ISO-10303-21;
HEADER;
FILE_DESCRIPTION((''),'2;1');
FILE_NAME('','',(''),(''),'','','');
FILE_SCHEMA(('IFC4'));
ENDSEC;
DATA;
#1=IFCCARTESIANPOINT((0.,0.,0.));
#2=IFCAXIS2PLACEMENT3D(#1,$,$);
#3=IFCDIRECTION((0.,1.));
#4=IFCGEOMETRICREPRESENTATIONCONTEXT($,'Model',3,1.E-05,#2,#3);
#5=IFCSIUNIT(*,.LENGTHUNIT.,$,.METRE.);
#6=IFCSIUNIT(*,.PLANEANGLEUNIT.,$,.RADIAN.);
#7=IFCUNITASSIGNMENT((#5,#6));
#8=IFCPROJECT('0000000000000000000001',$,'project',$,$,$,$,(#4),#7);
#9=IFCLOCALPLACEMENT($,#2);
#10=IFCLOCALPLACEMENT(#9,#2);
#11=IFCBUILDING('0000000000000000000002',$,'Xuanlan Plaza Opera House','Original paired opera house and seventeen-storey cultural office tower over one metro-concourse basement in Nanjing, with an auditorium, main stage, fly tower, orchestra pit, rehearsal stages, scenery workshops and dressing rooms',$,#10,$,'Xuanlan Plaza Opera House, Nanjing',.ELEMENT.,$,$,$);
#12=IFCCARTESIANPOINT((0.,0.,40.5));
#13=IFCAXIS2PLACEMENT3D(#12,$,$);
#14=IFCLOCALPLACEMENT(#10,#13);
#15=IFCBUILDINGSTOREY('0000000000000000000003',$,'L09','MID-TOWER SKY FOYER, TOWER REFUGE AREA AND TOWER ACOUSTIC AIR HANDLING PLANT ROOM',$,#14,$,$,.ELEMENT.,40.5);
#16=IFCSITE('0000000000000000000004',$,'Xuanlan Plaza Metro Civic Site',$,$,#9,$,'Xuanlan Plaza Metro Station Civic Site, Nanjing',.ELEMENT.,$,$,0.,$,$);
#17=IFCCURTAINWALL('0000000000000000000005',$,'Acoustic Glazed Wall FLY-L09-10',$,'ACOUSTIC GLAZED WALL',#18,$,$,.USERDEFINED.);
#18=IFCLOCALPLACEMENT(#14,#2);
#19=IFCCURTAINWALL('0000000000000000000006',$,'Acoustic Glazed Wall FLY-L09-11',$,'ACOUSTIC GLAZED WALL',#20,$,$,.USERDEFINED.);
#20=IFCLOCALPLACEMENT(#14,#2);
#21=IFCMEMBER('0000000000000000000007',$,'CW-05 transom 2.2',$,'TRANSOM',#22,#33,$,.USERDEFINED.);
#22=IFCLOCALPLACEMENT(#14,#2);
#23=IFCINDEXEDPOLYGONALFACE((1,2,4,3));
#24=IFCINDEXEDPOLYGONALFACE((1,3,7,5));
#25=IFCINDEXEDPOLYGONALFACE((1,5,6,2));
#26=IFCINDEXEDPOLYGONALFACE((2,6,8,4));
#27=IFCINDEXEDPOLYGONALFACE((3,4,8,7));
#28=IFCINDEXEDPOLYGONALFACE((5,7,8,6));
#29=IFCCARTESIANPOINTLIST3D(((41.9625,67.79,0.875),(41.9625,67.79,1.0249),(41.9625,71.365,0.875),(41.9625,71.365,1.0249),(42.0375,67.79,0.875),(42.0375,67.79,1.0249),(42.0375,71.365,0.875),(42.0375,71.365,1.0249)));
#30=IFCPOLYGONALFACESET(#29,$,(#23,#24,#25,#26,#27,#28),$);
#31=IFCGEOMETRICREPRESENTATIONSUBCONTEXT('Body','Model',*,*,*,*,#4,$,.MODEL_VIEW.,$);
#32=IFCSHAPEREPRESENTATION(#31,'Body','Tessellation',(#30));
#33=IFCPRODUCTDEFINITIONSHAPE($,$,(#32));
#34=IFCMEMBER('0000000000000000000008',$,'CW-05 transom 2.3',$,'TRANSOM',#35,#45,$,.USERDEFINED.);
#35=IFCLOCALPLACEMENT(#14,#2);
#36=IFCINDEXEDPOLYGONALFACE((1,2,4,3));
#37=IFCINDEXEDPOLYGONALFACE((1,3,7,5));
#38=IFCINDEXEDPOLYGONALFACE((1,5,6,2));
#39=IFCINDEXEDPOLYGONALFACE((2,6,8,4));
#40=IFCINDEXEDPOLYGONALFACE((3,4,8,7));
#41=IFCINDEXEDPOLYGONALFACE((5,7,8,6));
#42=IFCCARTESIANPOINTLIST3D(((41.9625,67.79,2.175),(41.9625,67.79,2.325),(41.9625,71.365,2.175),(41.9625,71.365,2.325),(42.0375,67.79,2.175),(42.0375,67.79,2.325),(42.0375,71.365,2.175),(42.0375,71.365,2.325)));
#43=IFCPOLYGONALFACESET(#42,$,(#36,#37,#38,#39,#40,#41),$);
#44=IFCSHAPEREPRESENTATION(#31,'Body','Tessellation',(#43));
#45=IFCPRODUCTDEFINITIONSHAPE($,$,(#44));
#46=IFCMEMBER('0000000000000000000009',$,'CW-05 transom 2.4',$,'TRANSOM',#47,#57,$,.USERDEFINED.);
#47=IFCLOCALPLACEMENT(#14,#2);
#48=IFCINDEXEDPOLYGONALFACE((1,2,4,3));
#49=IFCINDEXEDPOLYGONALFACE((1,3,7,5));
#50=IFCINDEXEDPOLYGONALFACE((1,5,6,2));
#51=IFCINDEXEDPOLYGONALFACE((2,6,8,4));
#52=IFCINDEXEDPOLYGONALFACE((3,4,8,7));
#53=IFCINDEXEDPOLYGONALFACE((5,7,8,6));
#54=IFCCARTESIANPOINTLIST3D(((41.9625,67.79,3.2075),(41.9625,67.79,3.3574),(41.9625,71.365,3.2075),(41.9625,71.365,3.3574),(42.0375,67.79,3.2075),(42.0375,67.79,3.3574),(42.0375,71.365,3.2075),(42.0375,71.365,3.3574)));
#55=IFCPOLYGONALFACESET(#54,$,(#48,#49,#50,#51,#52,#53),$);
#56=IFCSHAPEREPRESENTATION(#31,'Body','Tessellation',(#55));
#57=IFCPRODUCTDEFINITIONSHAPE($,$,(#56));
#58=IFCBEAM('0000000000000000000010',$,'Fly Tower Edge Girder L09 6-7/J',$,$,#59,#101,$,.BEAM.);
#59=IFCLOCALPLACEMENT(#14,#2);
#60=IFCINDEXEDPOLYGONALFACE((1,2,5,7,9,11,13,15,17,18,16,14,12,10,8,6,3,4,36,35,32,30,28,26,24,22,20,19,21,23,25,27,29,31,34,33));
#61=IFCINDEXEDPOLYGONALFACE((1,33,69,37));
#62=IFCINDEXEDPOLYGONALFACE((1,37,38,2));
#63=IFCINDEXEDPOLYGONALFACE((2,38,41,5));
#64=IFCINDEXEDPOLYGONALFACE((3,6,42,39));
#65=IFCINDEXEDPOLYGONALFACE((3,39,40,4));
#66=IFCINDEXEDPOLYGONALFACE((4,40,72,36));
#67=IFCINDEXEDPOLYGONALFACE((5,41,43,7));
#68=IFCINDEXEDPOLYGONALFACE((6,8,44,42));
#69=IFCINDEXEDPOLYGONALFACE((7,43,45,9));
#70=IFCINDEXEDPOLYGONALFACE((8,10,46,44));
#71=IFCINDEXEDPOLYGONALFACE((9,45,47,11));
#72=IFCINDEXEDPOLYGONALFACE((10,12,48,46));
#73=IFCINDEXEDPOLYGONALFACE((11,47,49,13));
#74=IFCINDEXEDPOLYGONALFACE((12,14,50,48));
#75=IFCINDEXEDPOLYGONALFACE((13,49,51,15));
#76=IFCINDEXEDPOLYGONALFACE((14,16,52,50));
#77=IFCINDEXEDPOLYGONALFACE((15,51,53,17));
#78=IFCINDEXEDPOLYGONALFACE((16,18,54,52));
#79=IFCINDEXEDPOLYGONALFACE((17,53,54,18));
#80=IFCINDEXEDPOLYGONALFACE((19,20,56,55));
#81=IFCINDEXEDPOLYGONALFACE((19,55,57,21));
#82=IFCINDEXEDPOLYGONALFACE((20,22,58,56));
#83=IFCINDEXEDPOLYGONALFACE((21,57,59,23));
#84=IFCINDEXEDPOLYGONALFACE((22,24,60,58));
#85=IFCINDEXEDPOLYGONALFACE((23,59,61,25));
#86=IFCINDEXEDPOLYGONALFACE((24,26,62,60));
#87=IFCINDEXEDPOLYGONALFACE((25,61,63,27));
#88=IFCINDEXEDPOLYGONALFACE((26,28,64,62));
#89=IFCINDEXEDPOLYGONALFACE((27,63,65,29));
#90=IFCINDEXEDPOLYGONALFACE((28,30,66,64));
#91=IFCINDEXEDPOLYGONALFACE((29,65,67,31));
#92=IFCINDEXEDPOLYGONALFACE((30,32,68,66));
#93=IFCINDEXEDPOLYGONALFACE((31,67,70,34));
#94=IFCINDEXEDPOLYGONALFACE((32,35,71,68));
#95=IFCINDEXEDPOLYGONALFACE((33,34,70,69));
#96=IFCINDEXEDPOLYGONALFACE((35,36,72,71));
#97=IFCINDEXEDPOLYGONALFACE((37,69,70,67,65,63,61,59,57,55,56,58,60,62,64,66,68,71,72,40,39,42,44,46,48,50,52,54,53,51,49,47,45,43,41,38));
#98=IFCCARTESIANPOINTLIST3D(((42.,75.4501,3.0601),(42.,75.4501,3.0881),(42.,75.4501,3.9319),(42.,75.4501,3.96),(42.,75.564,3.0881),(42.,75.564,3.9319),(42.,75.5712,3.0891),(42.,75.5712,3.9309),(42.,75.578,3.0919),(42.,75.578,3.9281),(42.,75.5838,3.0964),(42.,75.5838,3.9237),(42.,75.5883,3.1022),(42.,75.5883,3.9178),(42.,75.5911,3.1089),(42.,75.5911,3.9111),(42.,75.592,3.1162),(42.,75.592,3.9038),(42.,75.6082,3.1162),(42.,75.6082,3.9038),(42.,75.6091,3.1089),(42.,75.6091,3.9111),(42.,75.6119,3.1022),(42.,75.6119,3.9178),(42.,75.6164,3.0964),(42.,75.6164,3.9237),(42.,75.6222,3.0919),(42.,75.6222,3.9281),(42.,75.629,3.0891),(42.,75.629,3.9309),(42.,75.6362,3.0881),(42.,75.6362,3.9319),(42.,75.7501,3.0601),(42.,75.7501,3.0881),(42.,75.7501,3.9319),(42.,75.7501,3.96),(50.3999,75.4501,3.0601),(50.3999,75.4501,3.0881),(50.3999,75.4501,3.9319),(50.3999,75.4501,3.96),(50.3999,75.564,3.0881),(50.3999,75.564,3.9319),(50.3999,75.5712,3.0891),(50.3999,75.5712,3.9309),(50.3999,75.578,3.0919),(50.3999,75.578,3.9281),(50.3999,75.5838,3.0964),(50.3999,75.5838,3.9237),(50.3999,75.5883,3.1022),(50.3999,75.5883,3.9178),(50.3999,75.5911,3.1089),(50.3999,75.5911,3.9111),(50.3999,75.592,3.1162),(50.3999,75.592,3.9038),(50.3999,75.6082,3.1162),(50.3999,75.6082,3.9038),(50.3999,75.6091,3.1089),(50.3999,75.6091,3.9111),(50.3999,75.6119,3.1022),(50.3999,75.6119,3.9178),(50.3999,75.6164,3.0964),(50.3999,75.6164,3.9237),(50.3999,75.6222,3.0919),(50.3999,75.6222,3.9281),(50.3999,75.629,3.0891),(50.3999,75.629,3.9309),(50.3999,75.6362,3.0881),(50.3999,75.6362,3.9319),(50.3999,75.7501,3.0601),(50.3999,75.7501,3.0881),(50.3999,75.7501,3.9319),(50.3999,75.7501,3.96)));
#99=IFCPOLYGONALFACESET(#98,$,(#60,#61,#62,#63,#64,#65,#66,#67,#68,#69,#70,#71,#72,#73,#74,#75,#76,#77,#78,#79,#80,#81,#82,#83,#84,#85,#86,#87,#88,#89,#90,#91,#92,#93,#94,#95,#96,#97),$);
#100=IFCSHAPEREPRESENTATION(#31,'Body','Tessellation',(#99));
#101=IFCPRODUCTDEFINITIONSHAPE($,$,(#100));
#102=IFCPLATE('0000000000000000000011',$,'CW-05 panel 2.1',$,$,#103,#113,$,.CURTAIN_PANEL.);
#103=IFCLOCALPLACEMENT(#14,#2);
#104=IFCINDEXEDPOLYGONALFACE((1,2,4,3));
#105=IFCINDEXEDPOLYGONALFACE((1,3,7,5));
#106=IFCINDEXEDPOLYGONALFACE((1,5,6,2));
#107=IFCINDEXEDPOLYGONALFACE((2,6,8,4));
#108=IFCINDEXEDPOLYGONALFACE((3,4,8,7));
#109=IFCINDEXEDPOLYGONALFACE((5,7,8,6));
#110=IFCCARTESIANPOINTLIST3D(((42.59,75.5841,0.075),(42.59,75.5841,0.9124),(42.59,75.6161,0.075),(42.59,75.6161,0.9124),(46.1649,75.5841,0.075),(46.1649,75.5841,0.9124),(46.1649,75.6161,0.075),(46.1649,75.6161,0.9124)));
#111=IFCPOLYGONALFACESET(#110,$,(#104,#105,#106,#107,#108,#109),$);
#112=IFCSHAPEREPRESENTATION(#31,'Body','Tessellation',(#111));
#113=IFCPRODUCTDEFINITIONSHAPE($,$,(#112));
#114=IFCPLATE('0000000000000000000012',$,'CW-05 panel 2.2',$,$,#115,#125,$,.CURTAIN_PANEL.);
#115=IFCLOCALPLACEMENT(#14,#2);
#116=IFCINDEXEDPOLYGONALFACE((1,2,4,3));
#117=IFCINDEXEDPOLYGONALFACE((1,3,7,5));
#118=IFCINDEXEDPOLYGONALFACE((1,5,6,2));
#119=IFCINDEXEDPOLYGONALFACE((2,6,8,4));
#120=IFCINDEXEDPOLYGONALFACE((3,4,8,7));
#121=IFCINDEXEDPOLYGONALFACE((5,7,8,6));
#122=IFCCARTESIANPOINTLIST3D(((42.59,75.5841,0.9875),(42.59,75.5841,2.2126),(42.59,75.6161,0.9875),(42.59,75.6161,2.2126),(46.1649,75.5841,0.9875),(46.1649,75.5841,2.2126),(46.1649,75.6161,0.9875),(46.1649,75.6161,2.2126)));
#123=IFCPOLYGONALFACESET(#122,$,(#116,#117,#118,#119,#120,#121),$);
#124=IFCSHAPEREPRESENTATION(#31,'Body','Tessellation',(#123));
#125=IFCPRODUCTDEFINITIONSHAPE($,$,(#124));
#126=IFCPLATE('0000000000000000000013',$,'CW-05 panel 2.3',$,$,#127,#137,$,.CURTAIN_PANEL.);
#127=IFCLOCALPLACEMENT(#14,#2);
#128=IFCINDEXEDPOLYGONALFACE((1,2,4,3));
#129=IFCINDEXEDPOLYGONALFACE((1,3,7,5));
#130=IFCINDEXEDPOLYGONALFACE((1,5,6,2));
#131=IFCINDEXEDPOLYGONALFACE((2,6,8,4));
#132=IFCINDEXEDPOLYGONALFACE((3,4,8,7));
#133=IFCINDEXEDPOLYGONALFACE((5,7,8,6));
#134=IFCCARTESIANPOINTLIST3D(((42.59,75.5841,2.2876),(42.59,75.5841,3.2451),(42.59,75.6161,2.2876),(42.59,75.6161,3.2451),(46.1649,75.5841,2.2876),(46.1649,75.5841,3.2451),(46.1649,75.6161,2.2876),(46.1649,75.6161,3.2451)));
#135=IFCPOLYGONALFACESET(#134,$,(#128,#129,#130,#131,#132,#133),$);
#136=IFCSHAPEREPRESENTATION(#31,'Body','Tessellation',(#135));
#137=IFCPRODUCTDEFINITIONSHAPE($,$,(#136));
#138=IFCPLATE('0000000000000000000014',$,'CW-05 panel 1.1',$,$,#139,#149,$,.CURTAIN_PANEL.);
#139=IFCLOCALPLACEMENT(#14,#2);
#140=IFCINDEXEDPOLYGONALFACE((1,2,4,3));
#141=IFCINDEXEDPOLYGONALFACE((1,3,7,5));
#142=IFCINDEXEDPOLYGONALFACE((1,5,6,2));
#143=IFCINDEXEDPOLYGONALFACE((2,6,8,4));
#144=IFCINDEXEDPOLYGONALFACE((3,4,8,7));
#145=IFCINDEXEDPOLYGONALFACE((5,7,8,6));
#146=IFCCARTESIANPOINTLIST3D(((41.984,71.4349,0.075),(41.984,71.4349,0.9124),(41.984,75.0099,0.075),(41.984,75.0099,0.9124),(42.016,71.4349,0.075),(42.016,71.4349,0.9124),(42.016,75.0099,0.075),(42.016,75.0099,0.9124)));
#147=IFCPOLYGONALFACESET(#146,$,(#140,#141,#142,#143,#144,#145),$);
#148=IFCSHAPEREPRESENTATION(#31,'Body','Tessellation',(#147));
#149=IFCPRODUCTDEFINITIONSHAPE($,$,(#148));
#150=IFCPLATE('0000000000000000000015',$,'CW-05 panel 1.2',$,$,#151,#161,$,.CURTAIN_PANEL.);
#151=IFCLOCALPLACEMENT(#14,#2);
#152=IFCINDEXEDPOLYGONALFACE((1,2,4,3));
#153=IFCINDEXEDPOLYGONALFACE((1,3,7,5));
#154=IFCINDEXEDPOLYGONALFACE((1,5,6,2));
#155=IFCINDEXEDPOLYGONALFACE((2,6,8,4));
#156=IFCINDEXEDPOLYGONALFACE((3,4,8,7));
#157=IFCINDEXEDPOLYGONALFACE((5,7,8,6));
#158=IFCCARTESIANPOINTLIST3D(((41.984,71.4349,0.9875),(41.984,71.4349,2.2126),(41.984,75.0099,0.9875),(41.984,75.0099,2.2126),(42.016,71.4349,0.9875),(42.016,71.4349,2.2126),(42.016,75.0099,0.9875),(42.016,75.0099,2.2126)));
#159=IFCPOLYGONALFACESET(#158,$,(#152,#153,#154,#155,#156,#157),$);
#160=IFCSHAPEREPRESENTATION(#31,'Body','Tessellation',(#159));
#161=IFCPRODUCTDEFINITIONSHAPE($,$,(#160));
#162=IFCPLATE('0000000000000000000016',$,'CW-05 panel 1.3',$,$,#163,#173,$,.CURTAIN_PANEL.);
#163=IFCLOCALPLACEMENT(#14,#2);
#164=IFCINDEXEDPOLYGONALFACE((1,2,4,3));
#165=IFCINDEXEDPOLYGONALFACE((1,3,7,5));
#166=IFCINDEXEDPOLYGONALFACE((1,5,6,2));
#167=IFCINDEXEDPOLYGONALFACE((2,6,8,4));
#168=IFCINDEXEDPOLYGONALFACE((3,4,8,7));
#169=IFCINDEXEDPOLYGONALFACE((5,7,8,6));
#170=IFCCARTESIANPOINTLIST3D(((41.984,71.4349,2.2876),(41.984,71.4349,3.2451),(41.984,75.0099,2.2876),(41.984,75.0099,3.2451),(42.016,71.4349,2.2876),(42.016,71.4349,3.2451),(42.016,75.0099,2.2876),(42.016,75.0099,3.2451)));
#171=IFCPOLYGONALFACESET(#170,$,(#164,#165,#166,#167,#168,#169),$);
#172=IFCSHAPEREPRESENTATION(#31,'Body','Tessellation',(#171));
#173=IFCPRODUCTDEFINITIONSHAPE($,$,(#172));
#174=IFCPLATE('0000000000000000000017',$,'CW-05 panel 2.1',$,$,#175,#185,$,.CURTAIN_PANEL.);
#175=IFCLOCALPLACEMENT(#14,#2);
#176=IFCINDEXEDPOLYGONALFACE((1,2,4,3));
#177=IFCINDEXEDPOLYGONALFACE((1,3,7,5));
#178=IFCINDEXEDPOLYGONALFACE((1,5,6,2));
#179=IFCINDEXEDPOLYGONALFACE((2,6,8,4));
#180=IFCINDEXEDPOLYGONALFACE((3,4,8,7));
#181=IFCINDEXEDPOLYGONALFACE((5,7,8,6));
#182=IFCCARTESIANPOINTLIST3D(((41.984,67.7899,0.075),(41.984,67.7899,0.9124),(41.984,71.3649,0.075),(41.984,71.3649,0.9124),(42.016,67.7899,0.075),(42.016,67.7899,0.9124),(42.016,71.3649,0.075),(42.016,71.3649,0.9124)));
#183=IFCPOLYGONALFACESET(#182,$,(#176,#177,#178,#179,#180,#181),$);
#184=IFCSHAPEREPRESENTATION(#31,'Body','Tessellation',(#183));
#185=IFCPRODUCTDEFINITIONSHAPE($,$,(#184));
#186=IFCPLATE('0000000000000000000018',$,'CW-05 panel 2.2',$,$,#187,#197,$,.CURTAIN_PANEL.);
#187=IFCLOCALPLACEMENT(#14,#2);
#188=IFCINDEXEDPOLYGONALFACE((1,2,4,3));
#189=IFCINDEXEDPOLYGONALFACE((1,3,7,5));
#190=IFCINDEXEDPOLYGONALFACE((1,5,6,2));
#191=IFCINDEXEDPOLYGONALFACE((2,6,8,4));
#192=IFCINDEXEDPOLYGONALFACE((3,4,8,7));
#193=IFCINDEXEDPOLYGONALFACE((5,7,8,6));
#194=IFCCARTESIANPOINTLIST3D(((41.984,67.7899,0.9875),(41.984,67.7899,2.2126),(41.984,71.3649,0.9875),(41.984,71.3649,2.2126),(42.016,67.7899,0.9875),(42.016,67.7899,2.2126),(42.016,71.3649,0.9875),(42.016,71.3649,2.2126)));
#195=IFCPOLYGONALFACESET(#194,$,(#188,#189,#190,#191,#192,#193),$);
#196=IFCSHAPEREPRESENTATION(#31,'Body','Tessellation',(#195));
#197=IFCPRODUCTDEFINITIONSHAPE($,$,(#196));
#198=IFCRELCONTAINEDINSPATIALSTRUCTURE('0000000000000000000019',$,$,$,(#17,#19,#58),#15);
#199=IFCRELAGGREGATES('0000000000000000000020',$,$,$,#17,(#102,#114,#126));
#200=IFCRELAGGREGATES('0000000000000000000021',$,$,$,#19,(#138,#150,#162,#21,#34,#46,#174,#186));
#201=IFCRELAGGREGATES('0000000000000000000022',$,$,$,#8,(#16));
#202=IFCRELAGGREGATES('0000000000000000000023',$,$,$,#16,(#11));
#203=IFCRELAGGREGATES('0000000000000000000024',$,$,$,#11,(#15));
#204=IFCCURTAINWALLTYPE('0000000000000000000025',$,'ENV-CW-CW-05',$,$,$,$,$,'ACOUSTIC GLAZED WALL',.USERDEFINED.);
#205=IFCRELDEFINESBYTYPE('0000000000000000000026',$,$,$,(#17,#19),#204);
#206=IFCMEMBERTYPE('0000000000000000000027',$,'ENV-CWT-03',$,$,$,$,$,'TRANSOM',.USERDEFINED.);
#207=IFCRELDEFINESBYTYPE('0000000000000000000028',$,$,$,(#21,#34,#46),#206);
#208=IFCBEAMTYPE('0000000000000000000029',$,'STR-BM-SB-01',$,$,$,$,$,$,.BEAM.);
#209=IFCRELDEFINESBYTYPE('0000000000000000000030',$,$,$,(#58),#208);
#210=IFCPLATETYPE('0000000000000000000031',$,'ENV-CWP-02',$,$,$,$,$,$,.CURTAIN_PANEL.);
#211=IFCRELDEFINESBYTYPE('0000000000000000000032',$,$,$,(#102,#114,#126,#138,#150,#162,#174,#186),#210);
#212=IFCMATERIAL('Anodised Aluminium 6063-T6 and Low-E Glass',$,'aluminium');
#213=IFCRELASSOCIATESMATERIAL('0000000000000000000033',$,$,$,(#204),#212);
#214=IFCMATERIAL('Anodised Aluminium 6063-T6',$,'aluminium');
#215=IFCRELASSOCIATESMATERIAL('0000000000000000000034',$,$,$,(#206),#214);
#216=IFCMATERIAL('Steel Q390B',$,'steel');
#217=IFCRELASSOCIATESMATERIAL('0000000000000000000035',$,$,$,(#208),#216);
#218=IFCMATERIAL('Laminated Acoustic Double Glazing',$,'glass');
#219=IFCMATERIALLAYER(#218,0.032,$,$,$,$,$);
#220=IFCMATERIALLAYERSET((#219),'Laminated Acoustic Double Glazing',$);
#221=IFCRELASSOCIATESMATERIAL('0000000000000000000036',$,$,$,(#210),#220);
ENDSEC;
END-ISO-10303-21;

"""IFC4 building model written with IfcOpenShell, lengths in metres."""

from ifc_helpers import new_model, si_unit, direction, frame, origin, origin_2d, place, context, subcontext, project, spatial, rectangle, i_section, extrude, material, layer, layer_set, material_profile, profile_set, type_object, element, aggregate, save


model = new_model("IFC4")

# Units and contexts
model_context = context("Model", 3, precision=1e-05, world=origin(), true_north=direction((0.0, 1.0)))
body_context = subcontext(model_context, "Body", "Model", "MODEL_VIEW")
ifc_project = project(units=[si_unit("LENGTHUNIT", "METRE"), si_unit("PLANEANGLEUNIT", "RADIAN")], contexts=[model_context])

# Site, building, storey
site_placement = place(None, origin())
site = spatial("IfcSite", under=ifc_project, at=site_placement, Name="Xuanlan Plaza Metro Civic Site", LongName="Xuanlan Plaza Metro Station Civic Site, Nanjing", CompositionType="ELEMENT", RefElevation=0.0)
building_placement = place(site_placement, origin())
building = spatial("IfcBuilding", under=site, at=building_placement, Name="Xuanlan Plaza Opera House", Description="Original paired opera house and seventeen-storey cultural office tower over one metro-concourse basement in Nanjing, with an auditorium, main stage, fly tower, orchestra pit, rehearsal stages, scenery workshops and dressing rooms", LongName="Xuanlan Plaza Opera House, Nanjing", CompositionType="ELEMENT")
storey_placement = place(building_placement, frame((0.0, 0.0, 40.5)))
storey = spatial("IfcBuildingStorey", under=building, at=storey_placement, Name="L09", Description="MID-TOWER SKY FOYER, TOWER REFUGE AREA AND TOWER ACOUSTIC AIR HANDLING PLANT ROOM", CompositionType="ELEMENT", Elevation=40.5)

# Curtain wall
ifc_material_1 = material(Name="Anodised Aluminium 6063-T6 and Low-E Glass", Category="aluminium")
curtain_wall_type = type_object("IfcCurtainWallType", Name="ENV-CW-CW-05", ElementType="ACOUSTIC GLAZED WALL", PredefinedType="USERDEFINED", material=ifc_material_1)
curtain_wall_1_placement = place(storey_placement, origin())
curtain_wall_1 = element("IfcCurtainWall", 1, at=curtain_wall_1_placement, inside=storey, type_object=curtain_wall_type, Name="Acoustic Glazed Wall FLY-L09-10", ObjectType="ACOUSTIC GLAZED WALL", PredefinedType="USERDEFINED")
ifc_material_2 = material(Name="Anodised Aluminium 6063-T6", Category="aluminium")

# Curtain wall
curtain_wall_2_placement = place(storey_placement, origin())
curtain_wall_2 = element("IfcCurtainWall", 2, at=curtain_wall_2_placement, inside=storey, type_object=curtain_wall_type, Name="Acoustic Glazed Wall FLY-L09-11", ObjectType="ACOUSTIC GLAZED WALL", PredefinedType="USERDEFINED")

# Members
ifc_material_profile_1 = material_profile(ifc_material_2, rectangle(XDim=0.075, YDim=0.1499, at=origin_2d()), Name="ALU-T 75x150")
ifc_profile_set_1 = profile_set([ifc_material_profile_1], Name="Anodised Aluminium 6063-T6")
member_type_1 = type_object("IfcMemberType", Name="ENV-CWT-03", ElementType="TRANSOM", PredefinedType="USERDEFINED", material=ifc_profile_set_1)
member_1_placement = place(storey_placement, frame((42.0, 71.365, 0.95), z_axis=(0.0, -1.0, 0.0), x_axis=(1.0, 0.0, 0.0)))
member_1 = element("IfcMember", 3, at=member_1_placement, type_object=member_type_1, Name="CW-05 transom 2.2", ObjectType="TRANSOM", PredefinedType="USERDEFINED", context=body_context, shape_type="SweptSolid", body=[
    extrude(rectangle(XDim=0.075, YDim=0.1499, at=origin_2d()), origin(), (0.0, 0.0, 1.0), 3.575),
])
member_2_placement = place(storey_placement, frame((42.0, 71.365, 2.25), z_axis=(0.0, -1.0, 0.0), x_axis=(1.0, 0.0, 0.0)))
member_2 = element("IfcMember", 4, at=member_2_placement, type_object=member_type_1, Name="CW-05 transom 2.3", ObjectType="TRANSOM", PredefinedType="USERDEFINED", context=body_context, shape_type="SweptSolid", body=[
    extrude(rectangle(XDim=0.075, YDim=0.1499, at=origin_2d()), origin(), (0.0, 0.0, 1.0), 3.575),
])
member_3_placement = place(storey_placement, frame((42.0, 71.365, 3.2825), z_axis=(0.0, -1.0, 0.0), x_axis=(1.0, 0.0, 0.0)))
member_3 = element("IfcMember", 5, at=member_3_placement, type_object=member_type_1, Name="CW-05 transom 2.4", ObjectType="TRANSOM", PredefinedType="USERDEFINED", context=body_context, shape_type="SweptSolid", body=[
    extrude(rectangle(XDim=0.075, YDim=0.1499, at=origin_2d()), origin(), (0.0, 0.0, 1.0), 3.575),
])

# Beam
ifc_material_3 = material(Name="Steel Q390B", Category="steel")
ifc_material_profile_2 = material_profile(ifc_material_3, i_section(OverallWidth=0.3, OverallDepth=0.8999, WebThickness=0.0161, FlangeThickness=0.0281, FilletRadius=0.0281, at=origin_2d()), Name="HN 900x300x16x28")
ifc_profile_set_2 = profile_set([ifc_material_profile_2], Name="Steel Q390B")
beam_type = type_object("IfcBeamType", Name="STR-BM-SB-01", PredefinedType="BEAM", material=ifc_profile_set_2)
beam_placement = place(storey_placement, frame((42.0, 75.6001, 3.51), z_axis=(1.0, 0.0, 0.0), x_axis=(0.0, 1.0, 0.0)))
element("IfcBeam", 6, at=beam_placement, inside=storey, type_object=beam_type, Name="Fly Tower Edge Girder L09 6-7/J", PredefinedType="BEAM", context=body_context, shape_type="SweptSolid", body=[
    extrude(i_section(OverallWidth=0.3, OverallDepth=0.8999, WebThickness=0.0161, FlangeThickness=0.0281, FilletRadius=0.0281, at=origin_2d()), origin(), (0.0, 0.0, 1.0), 8.3999),
])

# Plates
ifc_material_4 = material(Name="Laminated Acoustic Double Glazing", Category="glass")
ifc_layer = layer(ifc_material_4, 0.032)
ifc_layer_set = layer_set([ifc_layer], Name="Laminated Acoustic Double Glazing")
plate_type = type_object("IfcPlateType", Name="ENV-CWP-02", PredefinedType="CURTAIN_PANEL", material=ifc_layer_set)
plate_1_placement = place(storey_placement, frame((44.3774, 75.6001, 0.075), z_axis=(0.0, 0.0, 1.0), x_axis=(-1.0, 0.0, 0.0)))
plate_1 = element("IfcPlate", 7, at=plate_1_placement, type_object=plate_type, Name="CW-05 panel 2.1", PredefinedType="CURTAIN_PANEL", context=body_context, shape_type="SweptSolid", body=[
    extrude(rectangle(XDim=3.575, YDim=0.032, at=origin_2d()), origin(), (0.0, 0.0, 1.0), 0.8374),
])
plate_2_placement = place(storey_placement, frame((44.3774, 75.6001, 0.9875), z_axis=(0.0, 0.0, 1.0), x_axis=(-1.0, 0.0, 0.0)))
plate_2 = element("IfcPlate", 8, at=plate_2_placement, type_object=plate_type, Name="CW-05 panel 2.2", PredefinedType="CURTAIN_PANEL", context=body_context, shape_type="SweptSolid", body=[
    extrude(rectangle(XDim=3.575, YDim=0.032, at=origin_2d()), origin(), (0.0, 0.0, 1.0), 1.2251),
])
plate_3_placement = place(storey_placement, frame((44.3774, 75.6001, 2.2876), z_axis=(0.0, 0.0, 1.0), x_axis=(-1.0, 0.0, 0.0)))
plate_3 = element("IfcPlate", 9, at=plate_3_placement, type_object=plate_type, Name="CW-05 panel 2.3", PredefinedType="CURTAIN_PANEL", context=body_context, shape_type="SweptSolid", body=[
    extrude(rectangle(XDim=3.575, YDim=0.032, at=origin_2d()), origin(), (0.0, 0.0, 1.0), 0.9575),
])
aggregate(curtain_wall_1, [plate_1, plate_2, plate_3])
plate_4_placement = place(storey_placement, frame((42.0, 73.2224, 0.075), z_axis=(0.0, 0.0, 1.0), x_axis=(0.0, -1.0, 0.0)))
plate_4 = element("IfcPlate", 10, at=plate_4_placement, type_object=plate_type, Name="CW-05 panel 1.1", PredefinedType="CURTAIN_PANEL", context=body_context, shape_type="SweptSolid", body=[
    extrude(rectangle(XDim=3.575, YDim=0.032, at=origin_2d()), origin(), (0.0, 0.0, 1.0), 0.8374),
])
plate_5_placement = place(storey_placement, frame((42.0, 73.2224, 0.9875), z_axis=(0.0, 0.0, 1.0), x_axis=(0.0, -1.0, 0.0)))
plate_5 = element("IfcPlate", 11, at=plate_5_placement, type_object=plate_type, Name="CW-05 panel 1.2", PredefinedType="CURTAIN_PANEL", context=body_context, shape_type="SweptSolid", body=[
    extrude(rectangle(XDim=3.575, YDim=0.032, at=origin_2d()), origin(), (0.0, 0.0, 1.0), 1.2251),
])
plate_6_placement = place(storey_placement, frame((42.0, 73.2224, 2.2876), z_axis=(0.0, 0.0, 1.0), x_axis=(0.0, -1.0, 0.0)))
plate_6 = element("IfcPlate", 12, at=plate_6_placement, type_object=plate_type, Name="CW-05 panel 1.3", PredefinedType="CURTAIN_PANEL", context=body_context, shape_type="SweptSolid", body=[
    extrude(rectangle(XDim=3.575, YDim=0.032, at=origin_2d()), origin(), (0.0, 0.0, 1.0), 0.9575),
])
plate_7_placement = place(storey_placement, frame((42.0, 69.5774, 0.075), z_axis=(0.0, 0.0, 1.0), x_axis=(0.0, -1.0, 0.0)))
plate_7 = element("IfcPlate", 13, at=plate_7_placement, type_object=plate_type, Name="CW-05 panel 2.1", PredefinedType="CURTAIN_PANEL", context=body_context, shape_type="SweptSolid", body=[
    extrude(rectangle(XDim=3.575, YDim=0.032, at=origin_2d()), origin(), (0.0, 0.0, 1.0), 0.8374),
])
plate_8_placement = place(storey_placement, frame((42.0, 69.5774, 0.9875), z_axis=(0.0, 0.0, 1.0), x_axis=(0.0, -1.0, 0.0)))
plate_8 = element("IfcPlate", 14, at=plate_8_placement, type_object=plate_type, Name="CW-05 panel 2.2", PredefinedType="CURTAIN_PANEL", context=body_context, shape_type="SweptSolid", body=[
    extrude(rectangle(XDim=3.575, YDim=0.032, at=origin_2d()), origin(), (0.0, 0.0, 1.0), 1.2251),
])
aggregate(curtain_wall_2, [plate_4, plate_5, plate_6, member_1, member_2, member_3, plate_7, plate_8])

save(model, "model.ifc")
